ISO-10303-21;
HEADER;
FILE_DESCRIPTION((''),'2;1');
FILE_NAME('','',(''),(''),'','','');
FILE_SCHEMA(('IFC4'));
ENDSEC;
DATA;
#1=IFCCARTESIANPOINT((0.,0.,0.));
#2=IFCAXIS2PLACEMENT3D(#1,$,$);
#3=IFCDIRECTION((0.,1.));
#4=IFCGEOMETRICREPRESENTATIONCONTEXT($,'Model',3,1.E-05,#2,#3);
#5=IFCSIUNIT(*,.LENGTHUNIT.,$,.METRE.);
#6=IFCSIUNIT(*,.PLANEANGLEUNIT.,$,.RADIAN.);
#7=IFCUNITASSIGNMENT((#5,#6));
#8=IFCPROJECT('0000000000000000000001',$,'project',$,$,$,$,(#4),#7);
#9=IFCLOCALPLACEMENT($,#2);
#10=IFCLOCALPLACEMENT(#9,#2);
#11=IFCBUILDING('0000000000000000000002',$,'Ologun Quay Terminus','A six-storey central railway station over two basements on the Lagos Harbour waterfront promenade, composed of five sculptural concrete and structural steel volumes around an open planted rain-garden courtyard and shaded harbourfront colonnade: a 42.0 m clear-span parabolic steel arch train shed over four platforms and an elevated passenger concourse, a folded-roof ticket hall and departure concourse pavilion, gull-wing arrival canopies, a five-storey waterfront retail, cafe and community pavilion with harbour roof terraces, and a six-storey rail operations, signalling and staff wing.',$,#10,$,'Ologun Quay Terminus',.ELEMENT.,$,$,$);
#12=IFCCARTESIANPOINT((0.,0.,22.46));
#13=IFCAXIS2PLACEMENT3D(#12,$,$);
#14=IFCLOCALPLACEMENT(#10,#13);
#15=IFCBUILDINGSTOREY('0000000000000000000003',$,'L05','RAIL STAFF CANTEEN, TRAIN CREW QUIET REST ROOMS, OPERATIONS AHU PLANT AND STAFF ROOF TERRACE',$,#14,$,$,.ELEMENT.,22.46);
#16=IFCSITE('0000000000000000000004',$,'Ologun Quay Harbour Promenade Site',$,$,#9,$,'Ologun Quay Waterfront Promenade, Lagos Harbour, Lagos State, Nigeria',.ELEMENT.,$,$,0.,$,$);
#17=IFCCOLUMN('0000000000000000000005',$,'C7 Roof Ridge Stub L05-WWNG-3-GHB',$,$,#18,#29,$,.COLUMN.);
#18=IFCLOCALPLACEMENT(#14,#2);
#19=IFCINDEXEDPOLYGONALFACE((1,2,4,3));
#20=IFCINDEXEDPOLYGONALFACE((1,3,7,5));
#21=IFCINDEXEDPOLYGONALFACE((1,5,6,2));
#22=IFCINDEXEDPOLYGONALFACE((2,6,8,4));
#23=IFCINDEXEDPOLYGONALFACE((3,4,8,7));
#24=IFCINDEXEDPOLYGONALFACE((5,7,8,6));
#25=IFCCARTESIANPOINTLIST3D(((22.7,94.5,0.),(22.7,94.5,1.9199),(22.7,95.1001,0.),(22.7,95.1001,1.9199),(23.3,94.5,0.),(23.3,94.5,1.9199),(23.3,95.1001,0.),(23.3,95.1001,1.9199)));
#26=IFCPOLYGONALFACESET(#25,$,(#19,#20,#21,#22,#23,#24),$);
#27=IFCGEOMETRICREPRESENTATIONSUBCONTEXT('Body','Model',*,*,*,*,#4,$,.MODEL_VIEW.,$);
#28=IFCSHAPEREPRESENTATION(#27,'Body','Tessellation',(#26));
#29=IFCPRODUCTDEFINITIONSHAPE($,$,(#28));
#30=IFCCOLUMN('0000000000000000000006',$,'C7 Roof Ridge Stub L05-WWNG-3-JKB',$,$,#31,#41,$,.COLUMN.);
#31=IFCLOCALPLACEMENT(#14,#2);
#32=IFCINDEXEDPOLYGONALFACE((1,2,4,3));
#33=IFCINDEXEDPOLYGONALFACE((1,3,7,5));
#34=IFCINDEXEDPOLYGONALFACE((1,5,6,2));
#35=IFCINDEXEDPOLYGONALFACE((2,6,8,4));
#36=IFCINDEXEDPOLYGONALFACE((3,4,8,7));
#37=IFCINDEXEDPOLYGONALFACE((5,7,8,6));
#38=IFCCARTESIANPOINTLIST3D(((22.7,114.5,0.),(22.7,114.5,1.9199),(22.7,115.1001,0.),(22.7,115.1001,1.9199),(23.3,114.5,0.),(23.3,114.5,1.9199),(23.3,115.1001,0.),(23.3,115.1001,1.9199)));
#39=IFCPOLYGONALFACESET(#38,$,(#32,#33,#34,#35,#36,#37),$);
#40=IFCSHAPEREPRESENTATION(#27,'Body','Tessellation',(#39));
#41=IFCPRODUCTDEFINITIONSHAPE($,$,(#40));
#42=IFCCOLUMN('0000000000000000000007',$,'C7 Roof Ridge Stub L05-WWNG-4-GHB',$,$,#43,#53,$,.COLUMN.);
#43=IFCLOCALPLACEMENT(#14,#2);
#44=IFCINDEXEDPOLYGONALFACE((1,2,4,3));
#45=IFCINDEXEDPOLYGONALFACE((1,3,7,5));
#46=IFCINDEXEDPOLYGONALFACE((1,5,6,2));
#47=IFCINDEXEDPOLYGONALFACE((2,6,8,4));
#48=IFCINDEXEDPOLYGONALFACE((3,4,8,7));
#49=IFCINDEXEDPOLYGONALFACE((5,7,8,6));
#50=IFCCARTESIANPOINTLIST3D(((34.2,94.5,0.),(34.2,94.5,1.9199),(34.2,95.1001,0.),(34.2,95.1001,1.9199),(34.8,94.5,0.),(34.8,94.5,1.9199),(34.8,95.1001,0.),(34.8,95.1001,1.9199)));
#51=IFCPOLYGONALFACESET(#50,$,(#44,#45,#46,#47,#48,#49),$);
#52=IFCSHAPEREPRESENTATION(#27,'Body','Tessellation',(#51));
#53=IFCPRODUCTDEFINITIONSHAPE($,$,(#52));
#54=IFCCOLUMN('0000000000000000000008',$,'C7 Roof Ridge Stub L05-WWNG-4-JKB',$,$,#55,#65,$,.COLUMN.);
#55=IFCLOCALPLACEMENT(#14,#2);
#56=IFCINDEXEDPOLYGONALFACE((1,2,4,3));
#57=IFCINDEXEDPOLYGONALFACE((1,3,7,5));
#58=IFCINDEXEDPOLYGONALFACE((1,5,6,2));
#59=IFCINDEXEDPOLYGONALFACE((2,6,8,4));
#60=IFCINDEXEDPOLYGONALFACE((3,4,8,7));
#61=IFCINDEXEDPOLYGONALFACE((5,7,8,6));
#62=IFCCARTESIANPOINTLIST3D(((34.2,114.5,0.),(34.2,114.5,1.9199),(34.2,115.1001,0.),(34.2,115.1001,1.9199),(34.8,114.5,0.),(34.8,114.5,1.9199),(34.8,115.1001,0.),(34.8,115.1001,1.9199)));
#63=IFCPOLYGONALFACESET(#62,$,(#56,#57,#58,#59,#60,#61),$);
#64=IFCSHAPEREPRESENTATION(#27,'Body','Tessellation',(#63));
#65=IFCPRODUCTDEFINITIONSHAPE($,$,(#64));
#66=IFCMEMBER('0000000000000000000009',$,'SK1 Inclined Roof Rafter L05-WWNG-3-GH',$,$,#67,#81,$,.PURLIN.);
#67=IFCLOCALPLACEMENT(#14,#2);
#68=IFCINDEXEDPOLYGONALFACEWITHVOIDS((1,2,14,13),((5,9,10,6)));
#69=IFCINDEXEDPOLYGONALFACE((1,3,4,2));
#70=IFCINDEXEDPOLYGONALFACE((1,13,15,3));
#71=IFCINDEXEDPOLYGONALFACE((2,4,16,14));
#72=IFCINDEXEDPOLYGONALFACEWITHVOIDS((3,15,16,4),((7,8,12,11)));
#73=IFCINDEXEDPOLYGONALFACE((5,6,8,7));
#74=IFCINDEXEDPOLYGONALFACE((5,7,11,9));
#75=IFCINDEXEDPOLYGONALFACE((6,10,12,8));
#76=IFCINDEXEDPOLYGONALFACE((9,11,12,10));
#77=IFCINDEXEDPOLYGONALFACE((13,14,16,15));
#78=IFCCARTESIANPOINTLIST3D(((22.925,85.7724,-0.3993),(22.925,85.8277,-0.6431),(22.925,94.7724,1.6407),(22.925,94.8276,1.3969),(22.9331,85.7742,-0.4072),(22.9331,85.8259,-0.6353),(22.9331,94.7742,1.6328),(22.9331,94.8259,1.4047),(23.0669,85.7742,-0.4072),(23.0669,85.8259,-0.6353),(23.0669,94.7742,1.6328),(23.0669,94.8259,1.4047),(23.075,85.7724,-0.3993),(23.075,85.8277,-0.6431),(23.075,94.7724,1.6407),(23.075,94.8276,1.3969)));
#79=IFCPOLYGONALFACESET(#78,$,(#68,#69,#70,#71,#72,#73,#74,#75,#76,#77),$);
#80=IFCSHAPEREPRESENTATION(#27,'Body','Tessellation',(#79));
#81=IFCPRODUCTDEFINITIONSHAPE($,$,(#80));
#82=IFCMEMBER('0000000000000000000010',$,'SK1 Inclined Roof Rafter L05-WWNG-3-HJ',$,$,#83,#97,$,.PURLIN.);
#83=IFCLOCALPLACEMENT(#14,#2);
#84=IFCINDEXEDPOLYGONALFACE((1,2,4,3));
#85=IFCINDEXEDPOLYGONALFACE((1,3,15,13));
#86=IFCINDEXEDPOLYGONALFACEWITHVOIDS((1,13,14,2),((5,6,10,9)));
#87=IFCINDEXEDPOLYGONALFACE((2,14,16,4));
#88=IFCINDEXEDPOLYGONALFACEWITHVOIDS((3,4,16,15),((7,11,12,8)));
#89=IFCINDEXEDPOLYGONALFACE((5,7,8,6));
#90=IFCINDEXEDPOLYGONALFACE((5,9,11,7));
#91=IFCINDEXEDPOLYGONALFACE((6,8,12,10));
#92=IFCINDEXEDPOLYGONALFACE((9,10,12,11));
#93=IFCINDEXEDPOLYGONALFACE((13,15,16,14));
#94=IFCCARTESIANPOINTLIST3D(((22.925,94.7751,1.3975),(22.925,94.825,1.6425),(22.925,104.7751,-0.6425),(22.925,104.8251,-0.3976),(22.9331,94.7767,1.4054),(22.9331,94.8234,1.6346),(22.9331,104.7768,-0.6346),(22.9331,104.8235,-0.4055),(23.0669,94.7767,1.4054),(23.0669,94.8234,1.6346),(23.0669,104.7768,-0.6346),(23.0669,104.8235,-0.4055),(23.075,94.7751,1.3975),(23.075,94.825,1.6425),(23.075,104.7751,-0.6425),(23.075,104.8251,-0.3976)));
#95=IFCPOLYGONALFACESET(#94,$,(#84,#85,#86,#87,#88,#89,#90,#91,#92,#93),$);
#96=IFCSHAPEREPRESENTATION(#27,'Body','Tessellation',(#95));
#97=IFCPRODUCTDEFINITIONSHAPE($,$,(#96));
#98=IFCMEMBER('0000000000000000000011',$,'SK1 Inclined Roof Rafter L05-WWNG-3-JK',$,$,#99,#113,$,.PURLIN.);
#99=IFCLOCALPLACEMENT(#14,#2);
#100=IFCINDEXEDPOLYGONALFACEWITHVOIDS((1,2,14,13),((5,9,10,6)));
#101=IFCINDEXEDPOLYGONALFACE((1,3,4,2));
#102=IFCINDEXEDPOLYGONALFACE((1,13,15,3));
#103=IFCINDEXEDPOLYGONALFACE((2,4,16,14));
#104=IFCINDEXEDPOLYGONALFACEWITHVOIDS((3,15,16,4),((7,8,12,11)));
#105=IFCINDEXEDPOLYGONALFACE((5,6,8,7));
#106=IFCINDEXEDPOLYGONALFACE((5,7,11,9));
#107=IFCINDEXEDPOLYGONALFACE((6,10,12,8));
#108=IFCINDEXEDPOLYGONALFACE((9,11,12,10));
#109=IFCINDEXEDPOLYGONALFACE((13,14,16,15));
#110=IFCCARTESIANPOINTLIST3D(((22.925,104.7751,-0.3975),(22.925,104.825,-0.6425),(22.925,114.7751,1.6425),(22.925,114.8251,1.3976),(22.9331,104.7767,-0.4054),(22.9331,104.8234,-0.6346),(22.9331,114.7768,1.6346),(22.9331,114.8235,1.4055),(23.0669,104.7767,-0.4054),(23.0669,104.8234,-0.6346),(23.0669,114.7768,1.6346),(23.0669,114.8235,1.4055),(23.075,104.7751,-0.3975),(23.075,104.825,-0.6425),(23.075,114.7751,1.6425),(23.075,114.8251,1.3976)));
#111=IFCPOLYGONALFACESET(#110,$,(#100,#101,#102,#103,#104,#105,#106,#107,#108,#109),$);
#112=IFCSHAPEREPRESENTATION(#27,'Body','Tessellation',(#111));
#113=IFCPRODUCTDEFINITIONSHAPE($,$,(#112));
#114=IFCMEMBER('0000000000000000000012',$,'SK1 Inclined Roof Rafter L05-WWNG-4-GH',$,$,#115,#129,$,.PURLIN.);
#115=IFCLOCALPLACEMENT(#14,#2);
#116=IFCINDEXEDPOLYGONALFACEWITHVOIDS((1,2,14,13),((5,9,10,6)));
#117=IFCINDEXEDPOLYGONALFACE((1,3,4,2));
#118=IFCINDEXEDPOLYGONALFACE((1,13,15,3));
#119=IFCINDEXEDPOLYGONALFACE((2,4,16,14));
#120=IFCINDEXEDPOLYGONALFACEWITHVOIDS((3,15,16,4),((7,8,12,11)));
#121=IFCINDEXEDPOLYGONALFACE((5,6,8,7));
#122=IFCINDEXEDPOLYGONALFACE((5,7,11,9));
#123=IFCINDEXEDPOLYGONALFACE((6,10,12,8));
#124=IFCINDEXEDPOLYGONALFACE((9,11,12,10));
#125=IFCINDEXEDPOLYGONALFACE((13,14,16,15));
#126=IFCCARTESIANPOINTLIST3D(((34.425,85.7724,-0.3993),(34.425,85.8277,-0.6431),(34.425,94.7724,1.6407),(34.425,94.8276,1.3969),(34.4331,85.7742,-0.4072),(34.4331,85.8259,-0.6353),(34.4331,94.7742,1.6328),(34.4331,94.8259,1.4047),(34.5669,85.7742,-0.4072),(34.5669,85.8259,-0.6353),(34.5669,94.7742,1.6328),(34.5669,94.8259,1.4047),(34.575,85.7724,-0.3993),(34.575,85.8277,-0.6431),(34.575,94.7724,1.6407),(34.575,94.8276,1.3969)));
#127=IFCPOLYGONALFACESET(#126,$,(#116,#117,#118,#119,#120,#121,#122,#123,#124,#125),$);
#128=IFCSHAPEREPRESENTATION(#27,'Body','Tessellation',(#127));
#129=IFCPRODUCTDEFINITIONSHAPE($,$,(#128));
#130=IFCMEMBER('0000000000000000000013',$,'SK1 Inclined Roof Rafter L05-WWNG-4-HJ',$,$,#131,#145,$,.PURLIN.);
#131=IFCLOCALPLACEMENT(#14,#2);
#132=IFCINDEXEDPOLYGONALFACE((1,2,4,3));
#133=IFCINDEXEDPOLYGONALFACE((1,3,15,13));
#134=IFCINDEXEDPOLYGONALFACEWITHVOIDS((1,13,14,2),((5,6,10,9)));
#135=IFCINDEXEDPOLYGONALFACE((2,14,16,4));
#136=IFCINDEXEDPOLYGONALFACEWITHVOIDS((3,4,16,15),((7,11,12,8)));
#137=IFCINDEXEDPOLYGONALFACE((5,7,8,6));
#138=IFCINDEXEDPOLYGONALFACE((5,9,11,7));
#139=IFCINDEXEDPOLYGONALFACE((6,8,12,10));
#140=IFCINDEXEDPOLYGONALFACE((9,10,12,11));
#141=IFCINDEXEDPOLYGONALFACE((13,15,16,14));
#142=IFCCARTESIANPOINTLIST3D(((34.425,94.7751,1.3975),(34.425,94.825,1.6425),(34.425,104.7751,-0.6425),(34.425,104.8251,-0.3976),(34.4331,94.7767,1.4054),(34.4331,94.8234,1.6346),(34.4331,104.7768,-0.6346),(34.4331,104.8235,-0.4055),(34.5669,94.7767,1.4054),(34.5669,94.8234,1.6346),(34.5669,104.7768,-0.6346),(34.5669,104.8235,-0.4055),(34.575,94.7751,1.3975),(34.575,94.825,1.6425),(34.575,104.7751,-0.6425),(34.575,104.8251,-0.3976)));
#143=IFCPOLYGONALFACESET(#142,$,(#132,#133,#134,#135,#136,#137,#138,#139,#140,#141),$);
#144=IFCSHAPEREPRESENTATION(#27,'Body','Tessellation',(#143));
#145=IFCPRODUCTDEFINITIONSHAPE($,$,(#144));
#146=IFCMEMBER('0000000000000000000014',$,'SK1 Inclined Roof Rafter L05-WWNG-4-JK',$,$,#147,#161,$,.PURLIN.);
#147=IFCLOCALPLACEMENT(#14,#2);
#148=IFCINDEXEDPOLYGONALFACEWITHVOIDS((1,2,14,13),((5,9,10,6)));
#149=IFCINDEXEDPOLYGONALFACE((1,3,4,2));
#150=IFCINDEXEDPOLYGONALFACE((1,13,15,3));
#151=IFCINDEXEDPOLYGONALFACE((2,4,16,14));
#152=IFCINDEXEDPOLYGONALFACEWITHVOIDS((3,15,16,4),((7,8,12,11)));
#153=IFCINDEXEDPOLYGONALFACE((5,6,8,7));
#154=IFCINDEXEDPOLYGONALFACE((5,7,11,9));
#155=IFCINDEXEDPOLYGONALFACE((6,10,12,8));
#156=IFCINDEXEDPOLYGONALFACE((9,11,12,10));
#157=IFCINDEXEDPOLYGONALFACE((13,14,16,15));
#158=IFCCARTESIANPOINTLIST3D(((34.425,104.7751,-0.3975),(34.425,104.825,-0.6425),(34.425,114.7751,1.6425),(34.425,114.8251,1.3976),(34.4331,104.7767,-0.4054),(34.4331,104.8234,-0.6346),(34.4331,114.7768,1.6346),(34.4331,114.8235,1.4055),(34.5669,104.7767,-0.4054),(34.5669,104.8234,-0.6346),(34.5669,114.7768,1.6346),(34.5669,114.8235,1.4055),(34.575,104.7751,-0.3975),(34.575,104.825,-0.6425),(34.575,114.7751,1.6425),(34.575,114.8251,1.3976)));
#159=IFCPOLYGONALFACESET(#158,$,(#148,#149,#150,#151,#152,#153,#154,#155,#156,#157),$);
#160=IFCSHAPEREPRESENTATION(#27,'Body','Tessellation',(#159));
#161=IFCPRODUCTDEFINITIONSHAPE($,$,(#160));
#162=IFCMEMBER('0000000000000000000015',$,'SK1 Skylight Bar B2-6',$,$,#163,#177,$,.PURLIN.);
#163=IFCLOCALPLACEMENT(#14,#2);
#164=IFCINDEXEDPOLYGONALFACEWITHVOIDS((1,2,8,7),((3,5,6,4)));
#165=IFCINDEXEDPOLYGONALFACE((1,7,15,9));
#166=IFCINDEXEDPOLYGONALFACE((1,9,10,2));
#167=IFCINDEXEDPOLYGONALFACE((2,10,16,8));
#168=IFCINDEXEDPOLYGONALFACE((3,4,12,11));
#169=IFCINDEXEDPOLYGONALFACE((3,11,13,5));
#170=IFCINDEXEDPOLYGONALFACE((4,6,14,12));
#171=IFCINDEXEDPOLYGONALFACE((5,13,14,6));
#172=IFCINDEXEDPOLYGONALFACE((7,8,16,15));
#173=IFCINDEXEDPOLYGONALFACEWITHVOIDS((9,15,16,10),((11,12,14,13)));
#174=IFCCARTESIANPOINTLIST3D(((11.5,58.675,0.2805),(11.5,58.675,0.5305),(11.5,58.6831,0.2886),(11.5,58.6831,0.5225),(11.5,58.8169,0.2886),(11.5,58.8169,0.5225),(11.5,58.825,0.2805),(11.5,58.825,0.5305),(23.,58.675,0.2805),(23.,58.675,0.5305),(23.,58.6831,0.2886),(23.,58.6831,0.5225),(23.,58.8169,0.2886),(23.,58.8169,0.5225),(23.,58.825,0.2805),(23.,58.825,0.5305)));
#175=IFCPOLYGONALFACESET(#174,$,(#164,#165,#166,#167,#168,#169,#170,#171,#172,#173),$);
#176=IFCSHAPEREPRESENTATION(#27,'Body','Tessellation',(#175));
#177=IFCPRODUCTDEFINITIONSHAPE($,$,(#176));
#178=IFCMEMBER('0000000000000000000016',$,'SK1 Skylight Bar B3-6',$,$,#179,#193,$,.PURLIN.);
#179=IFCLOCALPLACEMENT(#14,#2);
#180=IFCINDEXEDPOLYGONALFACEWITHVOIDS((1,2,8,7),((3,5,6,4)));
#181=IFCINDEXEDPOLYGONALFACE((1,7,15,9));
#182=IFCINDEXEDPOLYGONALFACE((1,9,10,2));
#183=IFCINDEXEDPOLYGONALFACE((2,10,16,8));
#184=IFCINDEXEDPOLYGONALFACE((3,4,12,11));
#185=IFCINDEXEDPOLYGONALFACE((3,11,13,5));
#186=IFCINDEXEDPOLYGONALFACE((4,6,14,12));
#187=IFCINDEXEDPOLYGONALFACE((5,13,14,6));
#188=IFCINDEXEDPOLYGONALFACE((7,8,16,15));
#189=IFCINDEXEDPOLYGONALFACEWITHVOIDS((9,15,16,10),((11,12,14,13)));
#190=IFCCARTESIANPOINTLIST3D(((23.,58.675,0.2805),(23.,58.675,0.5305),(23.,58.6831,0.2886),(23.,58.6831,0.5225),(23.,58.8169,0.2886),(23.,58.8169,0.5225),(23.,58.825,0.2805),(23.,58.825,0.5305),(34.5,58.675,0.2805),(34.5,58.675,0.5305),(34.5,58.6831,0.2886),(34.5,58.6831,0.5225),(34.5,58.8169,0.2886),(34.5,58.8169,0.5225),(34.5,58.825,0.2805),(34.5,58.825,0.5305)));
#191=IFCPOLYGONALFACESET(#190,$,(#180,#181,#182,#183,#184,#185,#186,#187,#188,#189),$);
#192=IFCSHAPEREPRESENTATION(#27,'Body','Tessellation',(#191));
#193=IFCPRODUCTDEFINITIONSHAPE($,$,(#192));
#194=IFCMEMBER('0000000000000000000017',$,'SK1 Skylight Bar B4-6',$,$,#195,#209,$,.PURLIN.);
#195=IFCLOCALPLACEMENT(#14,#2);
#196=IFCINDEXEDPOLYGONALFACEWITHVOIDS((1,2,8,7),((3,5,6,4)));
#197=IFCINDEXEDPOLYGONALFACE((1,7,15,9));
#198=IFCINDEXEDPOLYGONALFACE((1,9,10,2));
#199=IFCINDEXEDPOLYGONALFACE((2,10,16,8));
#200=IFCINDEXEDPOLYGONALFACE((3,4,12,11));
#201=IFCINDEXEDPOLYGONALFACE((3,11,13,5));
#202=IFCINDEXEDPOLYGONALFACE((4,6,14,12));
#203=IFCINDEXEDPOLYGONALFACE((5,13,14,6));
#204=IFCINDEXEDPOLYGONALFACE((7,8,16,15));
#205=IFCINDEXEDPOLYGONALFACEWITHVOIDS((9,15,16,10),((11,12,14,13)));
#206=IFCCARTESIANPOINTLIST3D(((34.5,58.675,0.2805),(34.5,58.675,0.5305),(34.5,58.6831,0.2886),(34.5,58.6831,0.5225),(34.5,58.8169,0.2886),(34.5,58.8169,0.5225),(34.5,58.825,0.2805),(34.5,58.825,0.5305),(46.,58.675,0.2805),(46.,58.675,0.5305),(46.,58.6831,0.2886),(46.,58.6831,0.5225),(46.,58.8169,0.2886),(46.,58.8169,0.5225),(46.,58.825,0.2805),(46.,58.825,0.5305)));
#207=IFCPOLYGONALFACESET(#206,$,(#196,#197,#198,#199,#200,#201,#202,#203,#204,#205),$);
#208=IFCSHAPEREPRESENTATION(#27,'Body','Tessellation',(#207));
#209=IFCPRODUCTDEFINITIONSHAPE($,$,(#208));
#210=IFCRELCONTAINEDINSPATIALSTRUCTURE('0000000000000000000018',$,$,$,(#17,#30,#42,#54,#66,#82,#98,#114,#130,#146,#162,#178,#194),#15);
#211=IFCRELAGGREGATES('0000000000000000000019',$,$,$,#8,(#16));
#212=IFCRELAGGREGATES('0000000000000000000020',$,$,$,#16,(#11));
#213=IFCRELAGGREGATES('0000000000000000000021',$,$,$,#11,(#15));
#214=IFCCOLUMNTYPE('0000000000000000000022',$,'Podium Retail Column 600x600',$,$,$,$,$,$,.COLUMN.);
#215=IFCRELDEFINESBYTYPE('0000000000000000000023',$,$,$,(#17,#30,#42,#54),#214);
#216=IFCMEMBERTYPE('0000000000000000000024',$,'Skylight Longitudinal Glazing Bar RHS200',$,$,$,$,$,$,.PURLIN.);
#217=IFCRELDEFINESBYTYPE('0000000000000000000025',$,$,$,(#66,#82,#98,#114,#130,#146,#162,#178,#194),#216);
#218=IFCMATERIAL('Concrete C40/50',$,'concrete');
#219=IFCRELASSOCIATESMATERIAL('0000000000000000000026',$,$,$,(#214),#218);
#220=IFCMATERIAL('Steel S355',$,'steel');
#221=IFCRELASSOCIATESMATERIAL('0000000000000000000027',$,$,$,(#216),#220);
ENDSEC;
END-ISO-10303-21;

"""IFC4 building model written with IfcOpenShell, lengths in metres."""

from ifc_helpers import new_model, si_unit, direction, frame, origin, origin_2d, place, context, subcontext, project, spatial, rectangle, hollow_rectangle, extrude, material, material_profile, profile_set, type_object, element, save


model = new_model("IFC4")

# Units and contexts
model_context = context("Model", 3, precision=1e-05, world=origin(), true_north=direction((0.0, 1.0)))
body_context = subcontext(model_context, "Body", "Model", "MODEL_VIEW")
ifc_project = project(units=[si_unit("LENGTHUNIT", "METRE"), si_unit("PLANEANGLEUNIT", "RADIAN")], contexts=[model_context])

# Site, building, storey
site_placement = place(None, origin())
site = spatial("IfcSite", under=ifc_project, at=site_placement, Name="Ologun Quay Harbour Promenade Site", LongName="Ologun Quay Waterfront Promenade, Lagos Harbour, Lagos State, Nigeria", CompositionType="ELEMENT", RefElevation=0.0)
building_placement = place(site_placement, origin())
building = spatial("IfcBuilding", under=site, at=building_placement, Name="Ologun Quay Terminus", Description="A six-storey central railway station over two basements on the Lagos Harbour waterfront promenade, composed of five sculptural concrete and structural steel volumes around an open planted rain-garden courtyard and shaded harbourfront colonnade: a 42.0 m clear-span parabolic steel arch train shed over four platforms and an elevated passenger concourse, a folded-roof ticket hall and departure concourse pavilion, gull-wing arrival canopies, a five-storey waterfront retail, cafe and community pavilion with harbour roof terraces, and a six-storey rail operations, signalling and staff wing.", LongName="Ologun Quay Terminus", CompositionType="ELEMENT")
storey_placement = place(building_placement, frame((0.0, 0.0, 22.46)))
storey = spatial("IfcBuildingStorey", under=building, at=storey_placement, Name="L05", Description="RAIL STAFF CANTEEN, TRAIN CREW QUIET REST ROOMS, OPERATIONS AHU PLANT AND STAFF ROOF TERRACE", CompositionType="ELEMENT", Elevation=22.46)

# Columns
ifc_material_1 = material(Name="Concrete C40/50", Category="concrete")
ifc_material_profile_1 = material_profile(ifc_material_1, rectangle(XDim=0.6001, YDim=0.6001, at=origin_2d()), Name="RC 600x600")
ifc_profile_set_1 = profile_set([ifc_material_profile_1], Name="Concrete C40/50")
column_type = type_object("IfcColumnType", Name="Podium Retail Column 600x600", PredefinedType="COLUMN", material=ifc_profile_set_1)
for number, where, z_axis, x_axis, name in (
    (1, (23.0, 94.8, 0.0), (0.0, 0.0, 1.0), (1.0, 0.0, 0.0), "C7 Roof Ridge Stub L05-WWNG-3-GHB"),
    (2, (23.0, 114.8, 0.0), (0.0, 0.0, 1.0), (1.0, 0.0, 0.0), "C7 Roof Ridge Stub L05-WWNG-3-JKB"),
    (3, (34.5, 94.8, 0.0), (0.0, 0.0, 1.0), (1.0, 0.0, 0.0), "C7 Roof Ridge Stub L05-WWNG-4-GHB"),
    (4, (34.5, 114.8, 0.0), (0.0, 0.0, 1.0), (1.0, 0.0, 0.0), "C7 Roof Ridge Stub L05-WWNG-4-JKB"),
):
    element("IfcColumn", number, at=place(storey_placement, frame(where, z_axis=z_axis, x_axis=x_axis)), inside=storey, type_object=column_type, Name=name, PredefinedType="COLUMN", context=body_context, shape_type="SweptSolid", body=[
        extrude(rectangle(XDim=0.6001, YDim=0.6001, at=origin_2d()), origin(), (0.0, 0.0, 1.0), 1.9199),
    ])

# Members
ifc_material_2 = material(Name="Steel S355", Category="steel")
ifc_material_profile_2 = material_profile(ifc_material_2, hollow_rectangle(XDim=0.1499, YDim=0.25, WallThickness=0.0081, at=origin_2d()), Name="RHS 250x150x8")
ifc_profile_set_2 = profile_set([ifc_material_profile_2], Name="Steel S355")
member_type = type_object("IfcMemberType", Name="Skylight Longitudinal Glazing Bar RHS200", PredefinedType="PURLIN", material=ifc_profile_set_2)
member_1_placement = place(storey_placement, frame((23.0, 85.8, -0.5212), z_axis=(0.0, 0.97526, 0.221063), x_axis=(-1.0, 0.0, 0.0)))
element("IfcMember", 5, at=member_1_placement, inside=storey, type_object=member_type, Name="SK1 Inclined Roof Rafter L05-WWNG-3-GH", PredefinedType="PURLIN", context=body_context, shape_type="SweptSolid", body=[
    extrude(hollow_rectangle(XDim=0.1499, YDim=0.25, WallThickness=0.0081, at=origin_2d()), origin(), (0.0, 0.0, 1.0), 9.2283),
])
for number, where, z_axis, x_axis, name in (
    (6, (23.0, 94.8, 1.52), (0.0, 0.979819, -0.199887), (-1.0, 0.0, 0.0), "SK1 Inclined Roof Rafter L05-WWNG-3-HJ"),
    (7, (23.0, 104.8, -0.52), (0.0, 0.979819, 0.199887), (-1.0, 0.0, 0.0), "SK1 Inclined Roof Rafter L05-WWNG-3-JK"),
):
    element("IfcMember", number, at=place(storey_placement, frame(where, z_axis=z_axis, x_axis=x_axis)), inside=storey, type_object=member_type, Name=name, PredefinedType="PURLIN", context=body_context, shape_type="SweptSolid", body=[
        extrude(hollow_rectangle(XDim=0.1499, YDim=0.25, WallThickness=0.0081, at=origin_2d()), origin(), (0.0, 0.0, 1.0), 10.2061),
    ])
member_2_placement = place(storey_placement, frame((34.5, 85.8, -0.5212), z_axis=(0.0, 0.97526, 0.221063), x_axis=(-1.0, 0.0, 0.0)))
element("IfcMember", 8, at=member_2_placement, inside=storey, type_object=member_type, Name="SK1 Inclined Roof Rafter L05-WWNG-4-GH", PredefinedType="PURLIN", context=body_context, shape_type="SweptSolid", body=[
    extrude(hollow_rectangle(XDim=0.1499, YDim=0.25, WallThickness=0.0081, at=origin_2d()), origin(), (0.0, 0.0, 1.0), 9.2283),
])
for number, where, z_axis, x_axis, name in (
    (9, (34.5, 94.8, 1.52), (0.0, 0.979819, -0.199887), (-1.0, 0.0, 0.0), "SK1 Inclined Roof Rafter L05-WWNG-4-HJ"),
    (10, (34.5, 104.8, -0.52), (0.0, 0.979819, 0.199887), (-1.0, 0.0, 0.0), "SK1 Inclined Roof Rafter L05-WWNG-4-JK"),
):
    element("IfcMember", number, at=place(storey_placement, frame(where, z_axis=z_axis, x_axis=x_axis)), inside=storey, type_object=member_type, Name=name, PredefinedType="PURLIN", context=body_context, shape_type="SweptSolid", body=[
        extrude(hollow_rectangle(XDim=0.1499, YDim=0.25, WallThickness=0.0081, at=origin_2d()), origin(), (0.0, 0.0, 1.0), 10.2061),
    ])
for number, where, z_axis, x_axis, name in (
    (11, (11.5, 58.75, 0.4055), (1.0, 0.0, 0.0), (0.0, 1.0, 0.0), "SK1 Skylight Bar B2-6"),
    (12, (23.0, 58.75, 0.4055), (1.0, 0.0, 0.0), (0.0, 1.0, 0.0), "SK1 Skylight Bar B3-6"),
    (13, (34.5, 58.75, 0.4055), (1.0, 0.0, 0.0), (0.0, 1.0, 0.0), "SK1 Skylight Bar B4-6"),
):
    element("IfcMember", number, at=place(storey_placement, frame(where, z_axis=z_axis, x_axis=x_axis)), inside=storey, type_object=member_type, Name=name, PredefinedType="PURLIN", context=body_context, shape_type="SweptSolid", body=[
        extrude(hollow_rectangle(XDim=0.1499, YDim=0.25, WallThickness=0.0081, at=origin_2d()), origin(), (0.0, 0.0, 1.0), 11.5),
    ])

save(model, "model.ifc")
